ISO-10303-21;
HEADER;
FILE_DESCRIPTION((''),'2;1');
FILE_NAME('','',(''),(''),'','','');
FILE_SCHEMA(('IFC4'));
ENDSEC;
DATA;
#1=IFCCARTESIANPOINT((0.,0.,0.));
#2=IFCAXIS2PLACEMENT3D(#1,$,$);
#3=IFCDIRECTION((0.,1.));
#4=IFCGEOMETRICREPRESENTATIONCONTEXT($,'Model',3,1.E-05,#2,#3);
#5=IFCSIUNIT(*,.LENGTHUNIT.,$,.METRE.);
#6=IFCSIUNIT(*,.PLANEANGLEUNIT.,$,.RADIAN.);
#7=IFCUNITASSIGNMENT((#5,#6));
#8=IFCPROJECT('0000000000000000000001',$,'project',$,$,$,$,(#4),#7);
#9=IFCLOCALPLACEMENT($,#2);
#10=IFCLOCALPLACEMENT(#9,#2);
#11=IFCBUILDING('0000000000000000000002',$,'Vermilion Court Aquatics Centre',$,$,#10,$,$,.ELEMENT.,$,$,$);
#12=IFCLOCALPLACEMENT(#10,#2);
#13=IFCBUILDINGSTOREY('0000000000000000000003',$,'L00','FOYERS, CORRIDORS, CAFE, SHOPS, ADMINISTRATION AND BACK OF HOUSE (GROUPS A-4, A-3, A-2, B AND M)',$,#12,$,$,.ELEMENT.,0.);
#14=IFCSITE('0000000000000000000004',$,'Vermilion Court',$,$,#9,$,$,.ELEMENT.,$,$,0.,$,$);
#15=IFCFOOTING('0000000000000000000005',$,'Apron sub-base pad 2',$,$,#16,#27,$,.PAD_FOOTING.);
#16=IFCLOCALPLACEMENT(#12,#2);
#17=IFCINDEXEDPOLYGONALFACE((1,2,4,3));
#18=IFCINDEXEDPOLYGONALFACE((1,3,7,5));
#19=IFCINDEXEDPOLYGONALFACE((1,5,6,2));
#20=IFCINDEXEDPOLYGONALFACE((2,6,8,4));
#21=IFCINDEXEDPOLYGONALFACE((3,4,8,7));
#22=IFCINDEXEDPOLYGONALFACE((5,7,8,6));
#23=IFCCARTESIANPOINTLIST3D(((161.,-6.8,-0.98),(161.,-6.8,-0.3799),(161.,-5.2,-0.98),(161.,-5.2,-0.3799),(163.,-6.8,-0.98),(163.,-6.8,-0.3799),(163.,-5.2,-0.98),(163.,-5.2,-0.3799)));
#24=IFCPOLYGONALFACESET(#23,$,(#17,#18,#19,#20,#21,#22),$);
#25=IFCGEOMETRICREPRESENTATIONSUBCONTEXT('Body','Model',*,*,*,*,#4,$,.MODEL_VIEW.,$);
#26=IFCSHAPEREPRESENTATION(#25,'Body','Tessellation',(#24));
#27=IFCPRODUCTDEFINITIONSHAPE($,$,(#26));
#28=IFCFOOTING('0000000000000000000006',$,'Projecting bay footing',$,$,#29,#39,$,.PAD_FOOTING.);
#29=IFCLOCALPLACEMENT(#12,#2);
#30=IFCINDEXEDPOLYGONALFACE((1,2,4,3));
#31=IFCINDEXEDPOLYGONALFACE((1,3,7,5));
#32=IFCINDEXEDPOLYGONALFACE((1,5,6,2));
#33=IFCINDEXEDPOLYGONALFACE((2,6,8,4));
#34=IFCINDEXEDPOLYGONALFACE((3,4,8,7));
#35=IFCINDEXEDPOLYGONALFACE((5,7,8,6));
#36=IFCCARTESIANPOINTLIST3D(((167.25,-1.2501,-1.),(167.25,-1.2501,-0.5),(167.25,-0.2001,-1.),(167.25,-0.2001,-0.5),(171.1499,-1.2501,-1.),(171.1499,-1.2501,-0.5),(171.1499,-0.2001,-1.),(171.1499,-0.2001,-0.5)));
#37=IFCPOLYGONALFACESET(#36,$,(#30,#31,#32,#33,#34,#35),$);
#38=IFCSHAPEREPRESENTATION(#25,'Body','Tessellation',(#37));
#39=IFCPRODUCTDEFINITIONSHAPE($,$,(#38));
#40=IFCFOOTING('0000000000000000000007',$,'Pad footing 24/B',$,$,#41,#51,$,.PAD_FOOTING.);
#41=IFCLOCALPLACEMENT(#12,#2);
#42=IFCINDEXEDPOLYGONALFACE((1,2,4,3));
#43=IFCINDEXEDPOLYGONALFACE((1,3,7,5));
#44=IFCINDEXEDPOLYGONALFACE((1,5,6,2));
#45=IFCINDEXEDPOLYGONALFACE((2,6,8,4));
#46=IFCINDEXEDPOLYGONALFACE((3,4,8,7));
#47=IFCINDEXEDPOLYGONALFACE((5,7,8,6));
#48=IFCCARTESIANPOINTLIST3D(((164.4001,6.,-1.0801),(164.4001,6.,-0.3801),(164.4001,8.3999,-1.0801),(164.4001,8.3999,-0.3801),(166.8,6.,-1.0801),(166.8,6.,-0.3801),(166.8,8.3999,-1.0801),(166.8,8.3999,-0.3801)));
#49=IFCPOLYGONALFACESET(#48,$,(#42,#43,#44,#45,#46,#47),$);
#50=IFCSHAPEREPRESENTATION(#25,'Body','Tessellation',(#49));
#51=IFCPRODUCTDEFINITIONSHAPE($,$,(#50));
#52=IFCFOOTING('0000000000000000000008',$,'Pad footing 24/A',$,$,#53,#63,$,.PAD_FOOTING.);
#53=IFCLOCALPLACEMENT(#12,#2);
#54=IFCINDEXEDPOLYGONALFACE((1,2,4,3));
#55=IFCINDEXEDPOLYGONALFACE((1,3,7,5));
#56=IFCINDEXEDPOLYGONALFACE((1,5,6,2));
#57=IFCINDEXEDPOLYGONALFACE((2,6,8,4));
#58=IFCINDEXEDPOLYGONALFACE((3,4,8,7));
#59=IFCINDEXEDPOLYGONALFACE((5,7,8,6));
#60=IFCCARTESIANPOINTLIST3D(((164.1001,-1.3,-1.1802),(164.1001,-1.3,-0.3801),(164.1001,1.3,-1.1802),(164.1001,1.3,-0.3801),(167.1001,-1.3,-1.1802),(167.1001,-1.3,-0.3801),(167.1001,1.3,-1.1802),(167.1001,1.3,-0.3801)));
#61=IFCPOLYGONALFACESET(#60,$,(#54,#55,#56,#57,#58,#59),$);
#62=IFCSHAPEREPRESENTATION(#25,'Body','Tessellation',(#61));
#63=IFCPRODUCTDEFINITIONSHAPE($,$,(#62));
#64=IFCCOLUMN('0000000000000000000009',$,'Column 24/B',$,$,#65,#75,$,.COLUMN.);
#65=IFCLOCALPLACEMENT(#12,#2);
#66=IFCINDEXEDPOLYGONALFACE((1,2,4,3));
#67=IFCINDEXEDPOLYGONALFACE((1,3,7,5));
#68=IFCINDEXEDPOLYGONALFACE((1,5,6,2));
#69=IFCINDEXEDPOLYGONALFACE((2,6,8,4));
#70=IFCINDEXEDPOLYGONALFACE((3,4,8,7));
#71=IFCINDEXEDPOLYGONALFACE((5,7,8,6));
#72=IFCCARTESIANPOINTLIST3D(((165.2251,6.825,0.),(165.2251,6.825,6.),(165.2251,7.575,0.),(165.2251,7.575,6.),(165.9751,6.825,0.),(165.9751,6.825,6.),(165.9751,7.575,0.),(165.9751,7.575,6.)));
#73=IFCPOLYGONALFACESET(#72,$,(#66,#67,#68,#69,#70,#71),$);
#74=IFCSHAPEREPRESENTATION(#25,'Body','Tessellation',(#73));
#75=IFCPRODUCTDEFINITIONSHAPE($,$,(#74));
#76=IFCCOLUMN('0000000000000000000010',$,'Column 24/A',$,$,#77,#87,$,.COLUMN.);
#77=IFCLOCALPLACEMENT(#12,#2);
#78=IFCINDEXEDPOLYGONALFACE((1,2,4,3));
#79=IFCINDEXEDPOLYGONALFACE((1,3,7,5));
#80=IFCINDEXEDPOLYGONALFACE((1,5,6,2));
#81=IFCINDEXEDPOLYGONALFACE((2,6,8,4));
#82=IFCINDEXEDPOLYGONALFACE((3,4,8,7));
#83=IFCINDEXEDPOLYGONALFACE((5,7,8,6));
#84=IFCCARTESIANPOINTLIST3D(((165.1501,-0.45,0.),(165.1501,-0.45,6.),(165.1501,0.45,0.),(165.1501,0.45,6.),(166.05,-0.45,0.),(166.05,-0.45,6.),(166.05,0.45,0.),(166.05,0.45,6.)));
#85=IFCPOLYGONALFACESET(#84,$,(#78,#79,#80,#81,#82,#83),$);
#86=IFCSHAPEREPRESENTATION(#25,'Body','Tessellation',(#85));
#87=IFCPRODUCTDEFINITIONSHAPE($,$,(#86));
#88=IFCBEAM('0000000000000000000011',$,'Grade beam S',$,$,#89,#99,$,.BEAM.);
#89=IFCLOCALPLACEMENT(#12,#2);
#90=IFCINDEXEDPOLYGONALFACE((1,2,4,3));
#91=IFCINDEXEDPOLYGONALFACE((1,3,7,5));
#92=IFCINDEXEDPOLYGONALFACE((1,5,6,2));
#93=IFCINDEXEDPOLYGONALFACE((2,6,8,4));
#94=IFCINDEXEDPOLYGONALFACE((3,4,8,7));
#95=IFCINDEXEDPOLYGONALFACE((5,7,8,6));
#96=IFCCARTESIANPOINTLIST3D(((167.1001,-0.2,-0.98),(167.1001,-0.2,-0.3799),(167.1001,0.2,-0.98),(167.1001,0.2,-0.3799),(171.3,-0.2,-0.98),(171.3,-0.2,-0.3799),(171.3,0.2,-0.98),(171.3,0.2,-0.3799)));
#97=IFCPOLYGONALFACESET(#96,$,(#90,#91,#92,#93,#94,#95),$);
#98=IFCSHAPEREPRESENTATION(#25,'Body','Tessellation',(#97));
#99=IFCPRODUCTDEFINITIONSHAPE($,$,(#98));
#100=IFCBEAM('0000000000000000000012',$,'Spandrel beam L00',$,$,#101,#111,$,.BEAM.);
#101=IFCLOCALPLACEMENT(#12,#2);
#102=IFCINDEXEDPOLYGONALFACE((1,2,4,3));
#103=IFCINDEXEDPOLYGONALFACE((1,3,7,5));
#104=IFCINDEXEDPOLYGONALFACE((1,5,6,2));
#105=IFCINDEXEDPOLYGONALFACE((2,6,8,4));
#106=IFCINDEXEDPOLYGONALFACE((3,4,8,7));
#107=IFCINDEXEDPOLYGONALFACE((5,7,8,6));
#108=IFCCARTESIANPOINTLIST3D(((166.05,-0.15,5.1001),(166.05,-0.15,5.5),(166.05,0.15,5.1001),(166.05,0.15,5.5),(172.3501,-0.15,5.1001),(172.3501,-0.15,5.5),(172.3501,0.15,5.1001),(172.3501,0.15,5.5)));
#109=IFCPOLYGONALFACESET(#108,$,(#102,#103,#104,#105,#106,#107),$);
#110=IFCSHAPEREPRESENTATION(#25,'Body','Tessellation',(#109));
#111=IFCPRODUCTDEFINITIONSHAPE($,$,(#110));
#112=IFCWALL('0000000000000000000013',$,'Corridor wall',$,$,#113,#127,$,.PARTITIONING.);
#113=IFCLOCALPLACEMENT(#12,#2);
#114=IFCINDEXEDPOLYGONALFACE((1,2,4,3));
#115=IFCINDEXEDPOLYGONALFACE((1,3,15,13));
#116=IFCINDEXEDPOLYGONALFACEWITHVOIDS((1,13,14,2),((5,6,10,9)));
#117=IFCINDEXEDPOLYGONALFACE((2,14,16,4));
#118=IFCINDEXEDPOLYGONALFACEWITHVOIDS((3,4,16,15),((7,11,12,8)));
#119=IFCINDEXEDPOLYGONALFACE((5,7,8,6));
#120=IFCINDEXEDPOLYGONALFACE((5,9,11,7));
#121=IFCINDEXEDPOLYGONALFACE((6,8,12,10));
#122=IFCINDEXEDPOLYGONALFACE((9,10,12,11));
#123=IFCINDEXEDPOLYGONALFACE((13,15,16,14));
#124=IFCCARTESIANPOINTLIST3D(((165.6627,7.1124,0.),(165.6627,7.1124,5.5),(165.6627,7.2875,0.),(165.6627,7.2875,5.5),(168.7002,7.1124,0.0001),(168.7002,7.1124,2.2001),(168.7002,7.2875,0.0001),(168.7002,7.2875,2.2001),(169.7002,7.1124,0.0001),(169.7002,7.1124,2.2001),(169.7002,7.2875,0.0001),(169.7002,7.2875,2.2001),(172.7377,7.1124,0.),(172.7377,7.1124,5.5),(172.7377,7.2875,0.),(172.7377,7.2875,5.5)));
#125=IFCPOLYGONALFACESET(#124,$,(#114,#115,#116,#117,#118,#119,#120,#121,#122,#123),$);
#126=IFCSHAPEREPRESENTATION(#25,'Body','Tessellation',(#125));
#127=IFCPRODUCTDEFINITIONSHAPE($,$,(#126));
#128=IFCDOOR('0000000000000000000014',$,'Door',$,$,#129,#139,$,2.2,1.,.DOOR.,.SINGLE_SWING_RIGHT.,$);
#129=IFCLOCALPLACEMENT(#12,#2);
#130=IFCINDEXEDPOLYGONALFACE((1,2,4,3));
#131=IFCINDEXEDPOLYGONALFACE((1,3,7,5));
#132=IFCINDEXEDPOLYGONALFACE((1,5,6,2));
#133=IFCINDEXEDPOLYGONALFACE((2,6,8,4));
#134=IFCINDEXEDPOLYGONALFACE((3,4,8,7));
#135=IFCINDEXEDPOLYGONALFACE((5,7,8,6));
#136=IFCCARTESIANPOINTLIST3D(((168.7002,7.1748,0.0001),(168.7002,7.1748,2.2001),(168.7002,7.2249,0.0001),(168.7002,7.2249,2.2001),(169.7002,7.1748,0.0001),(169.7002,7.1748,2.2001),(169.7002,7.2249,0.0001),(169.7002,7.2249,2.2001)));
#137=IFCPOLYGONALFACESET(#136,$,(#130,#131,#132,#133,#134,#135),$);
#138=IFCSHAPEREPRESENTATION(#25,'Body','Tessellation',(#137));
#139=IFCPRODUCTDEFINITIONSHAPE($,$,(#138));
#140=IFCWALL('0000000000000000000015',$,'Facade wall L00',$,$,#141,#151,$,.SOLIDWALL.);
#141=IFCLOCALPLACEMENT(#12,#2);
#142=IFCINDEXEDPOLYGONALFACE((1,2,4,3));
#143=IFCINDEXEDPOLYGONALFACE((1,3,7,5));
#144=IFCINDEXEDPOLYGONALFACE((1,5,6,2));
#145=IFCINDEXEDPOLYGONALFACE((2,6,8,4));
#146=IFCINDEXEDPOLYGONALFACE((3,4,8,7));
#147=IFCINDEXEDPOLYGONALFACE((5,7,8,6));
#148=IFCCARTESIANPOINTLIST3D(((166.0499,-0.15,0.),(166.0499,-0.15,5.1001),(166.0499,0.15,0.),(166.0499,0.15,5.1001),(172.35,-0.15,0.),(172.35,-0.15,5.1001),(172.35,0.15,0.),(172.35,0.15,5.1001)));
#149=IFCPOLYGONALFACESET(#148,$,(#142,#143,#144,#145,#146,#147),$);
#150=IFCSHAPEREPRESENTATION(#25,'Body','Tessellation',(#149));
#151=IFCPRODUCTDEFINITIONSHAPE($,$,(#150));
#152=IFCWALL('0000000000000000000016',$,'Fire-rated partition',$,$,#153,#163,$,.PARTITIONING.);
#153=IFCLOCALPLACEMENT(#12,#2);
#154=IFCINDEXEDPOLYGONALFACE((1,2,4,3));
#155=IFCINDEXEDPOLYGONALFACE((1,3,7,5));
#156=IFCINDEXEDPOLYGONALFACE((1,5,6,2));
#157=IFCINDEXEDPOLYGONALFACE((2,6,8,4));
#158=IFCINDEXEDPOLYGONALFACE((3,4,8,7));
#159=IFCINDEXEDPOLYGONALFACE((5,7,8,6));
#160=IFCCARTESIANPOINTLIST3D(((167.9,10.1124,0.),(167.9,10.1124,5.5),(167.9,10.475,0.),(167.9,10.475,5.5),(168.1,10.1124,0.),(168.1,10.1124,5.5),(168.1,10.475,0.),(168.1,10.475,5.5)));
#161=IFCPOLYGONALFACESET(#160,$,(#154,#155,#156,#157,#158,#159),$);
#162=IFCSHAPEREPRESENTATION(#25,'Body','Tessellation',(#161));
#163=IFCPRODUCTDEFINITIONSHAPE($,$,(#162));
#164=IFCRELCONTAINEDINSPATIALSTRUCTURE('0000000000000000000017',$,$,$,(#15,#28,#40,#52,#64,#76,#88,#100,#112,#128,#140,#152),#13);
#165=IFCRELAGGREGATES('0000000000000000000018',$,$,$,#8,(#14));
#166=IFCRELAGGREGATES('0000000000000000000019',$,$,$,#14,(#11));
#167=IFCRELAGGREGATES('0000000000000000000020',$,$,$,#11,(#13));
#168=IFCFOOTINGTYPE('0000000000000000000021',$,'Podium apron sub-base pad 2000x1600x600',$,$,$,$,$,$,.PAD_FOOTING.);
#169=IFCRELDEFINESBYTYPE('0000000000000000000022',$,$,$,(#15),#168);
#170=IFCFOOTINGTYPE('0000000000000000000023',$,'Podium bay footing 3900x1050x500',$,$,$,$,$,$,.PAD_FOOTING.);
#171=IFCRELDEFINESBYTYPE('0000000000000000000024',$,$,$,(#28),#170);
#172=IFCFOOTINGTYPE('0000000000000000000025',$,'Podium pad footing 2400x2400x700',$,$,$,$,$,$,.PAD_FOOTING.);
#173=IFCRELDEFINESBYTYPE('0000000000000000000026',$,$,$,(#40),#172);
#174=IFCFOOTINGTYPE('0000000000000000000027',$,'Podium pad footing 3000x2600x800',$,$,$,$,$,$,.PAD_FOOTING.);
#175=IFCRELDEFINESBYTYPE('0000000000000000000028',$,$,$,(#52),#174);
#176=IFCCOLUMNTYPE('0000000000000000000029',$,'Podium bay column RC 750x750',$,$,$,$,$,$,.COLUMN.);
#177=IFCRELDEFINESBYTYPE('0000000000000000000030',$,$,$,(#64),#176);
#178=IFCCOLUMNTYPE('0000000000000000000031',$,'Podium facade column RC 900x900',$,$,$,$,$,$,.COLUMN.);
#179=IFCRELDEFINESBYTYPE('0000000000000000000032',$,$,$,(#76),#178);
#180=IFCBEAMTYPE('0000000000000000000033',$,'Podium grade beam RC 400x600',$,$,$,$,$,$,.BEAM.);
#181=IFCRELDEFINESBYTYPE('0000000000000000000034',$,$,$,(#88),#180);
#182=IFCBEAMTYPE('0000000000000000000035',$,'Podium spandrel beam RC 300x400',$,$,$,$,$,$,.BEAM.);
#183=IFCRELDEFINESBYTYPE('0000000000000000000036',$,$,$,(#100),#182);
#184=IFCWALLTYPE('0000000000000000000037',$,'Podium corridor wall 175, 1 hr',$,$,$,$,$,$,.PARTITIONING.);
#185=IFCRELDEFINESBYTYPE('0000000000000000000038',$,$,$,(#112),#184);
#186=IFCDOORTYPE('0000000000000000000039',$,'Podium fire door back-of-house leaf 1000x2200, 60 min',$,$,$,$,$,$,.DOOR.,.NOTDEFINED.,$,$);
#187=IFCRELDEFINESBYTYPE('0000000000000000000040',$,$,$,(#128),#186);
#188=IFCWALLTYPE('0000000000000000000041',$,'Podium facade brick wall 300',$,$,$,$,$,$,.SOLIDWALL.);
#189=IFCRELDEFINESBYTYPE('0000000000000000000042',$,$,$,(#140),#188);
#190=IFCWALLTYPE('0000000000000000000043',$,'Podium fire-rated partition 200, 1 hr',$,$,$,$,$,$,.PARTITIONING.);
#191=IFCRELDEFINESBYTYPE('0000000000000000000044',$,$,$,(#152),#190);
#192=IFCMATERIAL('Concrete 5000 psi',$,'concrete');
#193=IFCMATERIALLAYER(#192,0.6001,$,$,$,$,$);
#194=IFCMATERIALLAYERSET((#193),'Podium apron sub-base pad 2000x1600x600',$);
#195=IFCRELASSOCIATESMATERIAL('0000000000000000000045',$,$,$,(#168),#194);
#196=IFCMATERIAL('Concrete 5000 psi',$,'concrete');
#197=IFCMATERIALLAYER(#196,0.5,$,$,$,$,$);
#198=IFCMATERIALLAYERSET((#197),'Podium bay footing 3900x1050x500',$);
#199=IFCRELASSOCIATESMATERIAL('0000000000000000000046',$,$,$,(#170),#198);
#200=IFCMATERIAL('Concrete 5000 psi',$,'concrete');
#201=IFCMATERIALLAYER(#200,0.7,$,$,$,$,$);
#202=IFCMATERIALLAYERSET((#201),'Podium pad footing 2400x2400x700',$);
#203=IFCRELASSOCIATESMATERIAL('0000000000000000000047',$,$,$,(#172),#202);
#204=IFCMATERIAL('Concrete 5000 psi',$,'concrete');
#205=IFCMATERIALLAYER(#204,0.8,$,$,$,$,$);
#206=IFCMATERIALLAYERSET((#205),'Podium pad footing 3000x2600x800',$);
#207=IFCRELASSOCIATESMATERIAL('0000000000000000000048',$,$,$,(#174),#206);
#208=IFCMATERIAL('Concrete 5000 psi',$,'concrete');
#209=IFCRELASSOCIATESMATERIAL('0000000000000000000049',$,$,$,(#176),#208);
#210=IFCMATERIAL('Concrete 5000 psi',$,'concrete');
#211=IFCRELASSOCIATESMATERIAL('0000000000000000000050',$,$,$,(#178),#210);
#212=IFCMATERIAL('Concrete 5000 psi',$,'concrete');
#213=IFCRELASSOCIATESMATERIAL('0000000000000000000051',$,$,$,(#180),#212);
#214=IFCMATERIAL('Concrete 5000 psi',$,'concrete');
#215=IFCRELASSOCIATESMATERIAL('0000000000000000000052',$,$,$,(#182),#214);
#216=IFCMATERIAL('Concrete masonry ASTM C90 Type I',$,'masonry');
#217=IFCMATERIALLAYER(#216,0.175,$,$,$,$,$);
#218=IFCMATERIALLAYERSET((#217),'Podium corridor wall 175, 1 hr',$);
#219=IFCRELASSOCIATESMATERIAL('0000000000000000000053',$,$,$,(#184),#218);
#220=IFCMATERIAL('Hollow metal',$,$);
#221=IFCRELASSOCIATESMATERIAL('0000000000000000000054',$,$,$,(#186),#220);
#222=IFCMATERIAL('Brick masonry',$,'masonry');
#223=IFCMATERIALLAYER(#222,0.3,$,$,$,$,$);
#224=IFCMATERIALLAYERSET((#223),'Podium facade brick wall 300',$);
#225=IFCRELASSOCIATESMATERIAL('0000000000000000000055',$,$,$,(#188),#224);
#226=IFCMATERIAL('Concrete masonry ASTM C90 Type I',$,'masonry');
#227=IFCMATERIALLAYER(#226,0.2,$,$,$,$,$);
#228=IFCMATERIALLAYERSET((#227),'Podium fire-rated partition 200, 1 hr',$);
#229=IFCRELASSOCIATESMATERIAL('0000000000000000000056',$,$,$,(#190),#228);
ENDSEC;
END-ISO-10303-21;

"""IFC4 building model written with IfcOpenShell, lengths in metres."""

from ifc_helpers import new_model, si_unit, direction, frame, frame_2d, origin, origin_2d, place, context, subcontext, project, spatial, rectangle, extrude, material, layer, layer_set, material_profile, profile_set, type_object, element, fill, save


model = new_model("IFC4")

# Units and contexts
model_context = context("Model", 3, precision=1e-05, world=origin(), true_north=direction((0.0, 1.0)))
body_context = subcontext(model_context, "Body", "Model", "MODEL_VIEW")
ifc_project = project(units=[si_unit("LENGTHUNIT", "METRE"), si_unit("PLANEANGLEUNIT", "RADIAN")], contexts=[model_context])

# Site, building, storey
site_placement = place(None, origin())
site = spatial("IfcSite", under=ifc_project, at=site_placement, Name="Vermilion Court", CompositionType="ELEMENT", RefElevation=0.0)
building_placement = place(site_placement, origin())
building = spatial("IfcBuilding", under=site, at=building_placement, Name="Vermilion Court Aquatics Centre", CompositionType="ELEMENT")
storey_placement = place(building_placement, origin())
storey = spatial("IfcBuildingStorey", under=building, at=storey_placement, Name="L00", Description="FOYERS, CORRIDORS, CAFE, SHOPS, ADMINISTRATION AND BACK OF HOUSE (GROUPS A-4, A-3, A-2, B AND M)", CompositionType="ELEMENT", Elevation=0.0)

# Footings
ifc_material_1 = material(Name="Concrete 5000 psi", Category="concrete")
ifc_layer_1 = layer(ifc_material_1, 0.6001)
ifc_layer_set_1 = layer_set([ifc_layer_1], Name="Podium apron sub-base pad 2000x1600x600")
footing_type_1 = type_object("IfcFootingType", Name="Podium apron sub-base pad 2000x1600x600", PredefinedType="PAD_FOOTING", material=ifc_layer_set_1)
footing_1_placement = place(storey_placement, frame((162.0, -6.0, -0.98), z_axis=(0.0, 0.0, 1.0), x_axis=(1.0, 0.0, 0.0)))
element("IfcFooting", 1, at=footing_1_placement, inside=storey, type_object=footing_type_1, Name="Apron sub-base pad 2", PredefinedType="PAD_FOOTING", context=body_context, shape_type="SweptSolid", body=[
    extrude(rectangle(XDim=2.0, YDim=1.6001, at=origin_2d()), origin(), (0.0, 0.0, 1.0), 0.6001),
])
ifc_material_2 = material(Name="Concrete 5000 psi", Category="concrete")
ifc_layer_2 = layer(ifc_material_2, 0.5)
ifc_layer_set_2 = layer_set([ifc_layer_2], Name="Podium bay footing 3900x1050x500")
footing_type_2 = type_object("IfcFootingType", Name="Podium bay footing 3900x1050x500", PredefinedType="PAD_FOOTING", material=ifc_layer_set_2)
footing_2_placement = place(storey_placement, frame((169.2, -0.7251, -1.0), z_axis=(0.0, 0.0, 1.0), x_axis=(1.0, 0.0, 0.0)))
element("IfcFooting", 2, at=footing_2_placement, inside=storey, type_object=footing_type_2, Name="Projecting bay footing", PredefinedType="PAD_FOOTING", context=body_context, shape_type="SweptSolid", body=[
    extrude(rectangle(XDim=3.8999, YDim=1.05, at=origin_2d()), origin(), (0.0, 0.0, 1.0), 0.5),
])
ifc_material_3 = material(Name="Concrete 5000 psi", Category="concrete")
ifc_layer_3 = layer(ifc_material_3, 0.7)
ifc_layer_set_3 = layer_set([ifc_layer_3], Name="Podium pad footing 2400x2400x700")
footing_type_3 = type_object("IfcFootingType", Name="Podium pad footing 2400x2400x700", PredefinedType="PAD_FOOTING", material=ifc_layer_set_3)
footing_3_placement = place(storey_placement, frame((165.6001, 7.2, -1.0801), z_axis=(0.0, 0.0, 1.0), x_axis=(1.0, 0.0, 0.0)))
element("IfcFooting", 3, at=footing_3_placement, inside=storey, type_object=footing_type_3, Name="Pad footing 24/B", PredefinedType="PAD_FOOTING", context=body_context, shape_type="SweptSolid", body=[
    extrude(rectangle(XDim=2.3999, YDim=2.3999, at=origin_2d()), origin(), (0.0, 0.0, 1.0), 0.7),
])
ifc_material_4 = material(Name="Concrete 5000 psi", Category="concrete")
ifc_layer_4 = layer(ifc_material_4, 0.8)
ifc_layer_set_4 = layer_set([ifc_layer_4], Name="Podium pad footing 3000x2600x800")
footing_type_4 = type_object("IfcFootingType", Name="Podium pad footing 3000x2600x800", PredefinedType="PAD_FOOTING", material=ifc_layer_set_4)
footing_4_placement = place(storey_placement, frame((165.6001, 0.0, -1.1802), z_axis=(0.0, 0.0, 1.0), x_axis=(1.0, 0.0, 0.0)))
element("IfcFooting", 4, at=footing_4_placement, inside=storey, type_object=footing_type_4, Name="Pad footing 24/A", PredefinedType="PAD_FOOTING", context=body_context, shape_type="SweptSolid", body=[
    extrude(rectangle(XDim=3.0, YDim=2.6001, at=origin_2d()), origin(), (0.0, 0.0, 1.0), 0.8),
])

# Columns
ifc_material_5 = material(Name="Concrete 5000 psi", Category="concrete")
ifc_material_profile_1 = material_profile(ifc_material_5, rectangle(XDim=0.75, YDim=0.75, at=origin_2d()), Name="RC 750x750")
ifc_profile_set_1 = profile_set([ifc_material_profile_1], Name="Concrete 5000 psi")
column_type_1 = type_object("IfcColumnType", Name="Podium bay column RC 750x750", PredefinedType="COLUMN", material=ifc_profile_set_1)
column_1_placement = place(storey_placement, frame((165.6001, 7.2, 0.0), z_axis=(0.0, 0.0, 1.0), x_axis=(1.0, 0.0, 0.0)))
element("IfcColumn", 5, at=column_1_placement, inside=storey, type_object=column_type_1, Name="Column 24/B", PredefinedType="COLUMN", context=body_context, shape_type="SweptSolid", body=[
    extrude(rectangle(XDim=0.75, YDim=0.75, at=origin_2d()), origin(), (0.0, 0.0, 1.0), 6.0),
])
ifc_material_6 = material(Name="Concrete 5000 psi", Category="concrete")
ifc_material_profile_2 = material_profile(ifc_material_6, rectangle(XDim=0.8999, YDim=0.8999, at=origin_2d()), Name="RC 900x900")
ifc_profile_set_2 = profile_set([ifc_material_profile_2], Name="Concrete 5000 psi")
column_type_2 = type_object("IfcColumnType", Name="Podium facade column RC 900x900", PredefinedType="COLUMN", material=ifc_profile_set_2)
column_2_placement = place(storey_placement, frame((165.6001, 0.0, 0.0), z_axis=(0.0, 0.0, 1.0), x_axis=(1.0, 0.0, 0.0)))
element("IfcColumn", 6, at=column_2_placement, inside=storey, type_object=column_type_2, Name="Column 24/A", PredefinedType="COLUMN", context=body_context, shape_type="SweptSolid", body=[
    extrude(rectangle(XDim=0.8999, YDim=0.8999, at=origin_2d()), origin(), (0.0, 0.0, 1.0), 6.0),
])

# Beams
ifc_material_7 = material(Name="Concrete 5000 psi", Category="concrete")
ifc_material_profile_3 = material_profile(ifc_material_7, rectangle(XDim=0.3999, YDim=0.6001, at=origin_2d()), Name="RC 400x600")
ifc_profile_set_3 = profile_set([ifc_material_profile_3], Name="Concrete 5000 psi")
beam_type_1 = type_object("IfcBeamType", Name="Podium grade beam RC 400x600", PredefinedType="BEAM", material=ifc_profile_set_3)
beam_1_placement = place(storey_placement, frame((167.1001, 0.0, -0.6799), z_axis=(1.0, 0.0, 0.0), x_axis=(0.0, 1.0, 0.0)))
element("IfcBeam", 7, at=beam_1_placement, inside=storey, type_object=beam_type_1, Name="Grade beam S", PredefinedType="BEAM", context=body_context, shape_type="SweptSolid", body=[
    extrude(rectangle(XDim=0.3999, YDim=0.6001, at=origin_2d()), origin(), (0.0, 0.0, 1.0), 4.2),
])
ifc_material_8 = material(Name="Concrete 5000 psi", Category="concrete")
ifc_material_profile_4 = material_profile(ifc_material_8, rectangle(XDim=0.3, YDim=0.3999, at=origin_2d()), Name="RC 300x400")
ifc_profile_set_4 = profile_set([ifc_material_profile_4], Name="Concrete 5000 psi")
beam_type_2 = type_object("IfcBeamType", Name="Podium spandrel beam RC 300x400", PredefinedType="BEAM", material=ifc_profile_set_4)
beam_2_placement = place(storey_placement, frame((166.05, 0.0, 5.3), z_axis=(1.0, 0.0, 0.0), x_axis=(0.0, 1.0, 0.0)))
element("IfcBeam", 8, at=beam_2_placement, inside=storey, type_object=beam_type_2, Name="Spandrel beam L00", PredefinedType="BEAM", context=body_context, shape_type="SweptSolid", body=[
    extrude(rectangle(XDim=0.3, YDim=0.3999, at=origin_2d()), origin(), (0.0, 0.0, 1.0), 6.3),
])

# Wall, opening, door
ifc_material_9 = material(Name="Concrete masonry ASTM C90 Type I", Category="masonry")
ifc_layer_5 = layer(ifc_material_9, 0.175)
ifc_layer_set_5 = layer_set([ifc_layer_5], Name="Podium corridor wall 175, 1 hr")
wall_type_1 = type_object("IfcWallType", Name="Podium corridor wall 175, 1 hr", PredefinedType="PARTITIONING", material=ifc_layer_set_5)
wall_1_placement = place(storey_placement, frame((165.6626, 7.2, 0.0), z_axis=(0.0, 0.0, 1.0), x_axis=(1.0, 0.0, 0.0)))
wall_1 = element("IfcWall", 9, at=wall_1_placement, inside=storey, type_object=wall_type_1, Name="Corridor wall", PredefinedType="PARTITIONING", context=body_context, shape_type="SweptSolid", body=[
    extrude(rectangle(XDim=7.075, YDim=0.175, at=frame_2d((3.5376, 0.0))), origin(), (0.0, 0.0, 1.0), 5.5),
])
opening_placement = place(wall_1_placement, frame((3.0376, 0.0, 0.0)))
opening = element("IfcOpeningElement", 10, at=opening_placement, cuts=wall_1, PredefinedType="OPENING", context=body_context, shape_type="SweptSolid", body=[
    extrude(rectangle(XDim=1.0, YDim=2.2, at=frame_2d((0.5, 1.1001))), frame((0.0, 0.0974, 0.0), z_axis=(0.0, -1.0, 0.0), x_axis=(1.0, 0.0, 0.0)), (0.0, 0.0, 1.0), 0.1951),
])
ifc_material_10 = material(Name="Hollow metal")
door_type = type_object("IfcDoorType", Name="Podium fire door back-of-house leaf 1000x2200, 60 min", OperationType="NOTDEFINED", PredefinedType="DOOR", material=ifc_material_10)
door_placement = place(opening_placement, frame((1.0, 0.0, 0.0), z_axis=(0.0, 0.0, 1.0), x_axis=(-1.0, 0.0, 0.0)))
door = element("IfcDoor", 11, at=door_placement, inside=storey, type_object=door_type, Name="Door", OperationType="SINGLE_SWING_RIGHT", OverallHeight=2.2, OverallWidth=1.0, PredefinedType="DOOR", context=body_context, shape_type="SweptSolid", body=[
    extrude(rectangle(XDim=1.0, YDim=2.2, at=frame_2d((0.5, 1.1001))), frame((0.0, 0.0251, 0.0), z_axis=(0.0, -1.0, 0.0), x_axis=(1.0, 0.0, 0.0)), (0.0, 0.0, 1.0), 0.05),
])
fill(opening, door)

# Walls
ifc_material_11 = material(Name="Brick masonry", Category="masonry")
ifc_layer_6 = layer(ifc_material_11, 0.3)
ifc_layer_set_6 = layer_set([ifc_layer_6], Name="Podium facade brick wall 300")
wall_type_2 = type_object("IfcWallType", Name="Podium facade brick wall 300", PredefinedType="SOLIDWALL", material=ifc_layer_set_6)
wall_2_placement = place(storey_placement, frame((166.05, 0.0, 0.0), z_axis=(0.0, 0.0, 1.0), x_axis=(1.0, 0.0, 0.0)))
element("IfcWall", 12, at=wall_2_placement, inside=storey, type_object=wall_type_2, Name="Facade wall L00", PredefinedType="SOLIDWALL", context=body_context, shape_type="SweptSolid", body=[
    extrude(rectangle(XDim=6.3, YDim=0.3, at=frame_2d((3.1499, 0.0))), origin(), (0.0, 0.0, 1.0), 5.1001),
])
ifc_material_12 = material(Name="Concrete masonry ASTM C90 Type I", Category="masonry")
ifc_layer_7 = layer(ifc_material_12, 0.2)
ifc_layer_set_7 = layer_set([ifc_layer_7], Name="Podium fire-rated partition 200, 1 hr")
wall_type_3 = type_object("IfcWallType", Name="Podium fire-rated partition 200, 1 hr", PredefinedType="PARTITIONING", material=ifc_layer_set_7)
wall_3_placement = place(storey_placement, frame((168.0, 10.1125, 0.0), z_axis=(0.0, 0.0, 1.0), x_axis=(0.0, 1.0, 0.0)))
element("IfcWall", 13, at=wall_3_placement, inside=storey, type_object=wall_type_3, Name="Fire-rated partition", PredefinedType="PARTITIONING", context=body_context, shape_type="SweptSolid", body=[
    extrude(rectangle(XDim=0.3625, YDim=0.2, at=frame_2d((0.1812, 0.0))), origin(), (0.0, 0.0, 1.0), 5.5),
])

save(model, "model.ifc")
